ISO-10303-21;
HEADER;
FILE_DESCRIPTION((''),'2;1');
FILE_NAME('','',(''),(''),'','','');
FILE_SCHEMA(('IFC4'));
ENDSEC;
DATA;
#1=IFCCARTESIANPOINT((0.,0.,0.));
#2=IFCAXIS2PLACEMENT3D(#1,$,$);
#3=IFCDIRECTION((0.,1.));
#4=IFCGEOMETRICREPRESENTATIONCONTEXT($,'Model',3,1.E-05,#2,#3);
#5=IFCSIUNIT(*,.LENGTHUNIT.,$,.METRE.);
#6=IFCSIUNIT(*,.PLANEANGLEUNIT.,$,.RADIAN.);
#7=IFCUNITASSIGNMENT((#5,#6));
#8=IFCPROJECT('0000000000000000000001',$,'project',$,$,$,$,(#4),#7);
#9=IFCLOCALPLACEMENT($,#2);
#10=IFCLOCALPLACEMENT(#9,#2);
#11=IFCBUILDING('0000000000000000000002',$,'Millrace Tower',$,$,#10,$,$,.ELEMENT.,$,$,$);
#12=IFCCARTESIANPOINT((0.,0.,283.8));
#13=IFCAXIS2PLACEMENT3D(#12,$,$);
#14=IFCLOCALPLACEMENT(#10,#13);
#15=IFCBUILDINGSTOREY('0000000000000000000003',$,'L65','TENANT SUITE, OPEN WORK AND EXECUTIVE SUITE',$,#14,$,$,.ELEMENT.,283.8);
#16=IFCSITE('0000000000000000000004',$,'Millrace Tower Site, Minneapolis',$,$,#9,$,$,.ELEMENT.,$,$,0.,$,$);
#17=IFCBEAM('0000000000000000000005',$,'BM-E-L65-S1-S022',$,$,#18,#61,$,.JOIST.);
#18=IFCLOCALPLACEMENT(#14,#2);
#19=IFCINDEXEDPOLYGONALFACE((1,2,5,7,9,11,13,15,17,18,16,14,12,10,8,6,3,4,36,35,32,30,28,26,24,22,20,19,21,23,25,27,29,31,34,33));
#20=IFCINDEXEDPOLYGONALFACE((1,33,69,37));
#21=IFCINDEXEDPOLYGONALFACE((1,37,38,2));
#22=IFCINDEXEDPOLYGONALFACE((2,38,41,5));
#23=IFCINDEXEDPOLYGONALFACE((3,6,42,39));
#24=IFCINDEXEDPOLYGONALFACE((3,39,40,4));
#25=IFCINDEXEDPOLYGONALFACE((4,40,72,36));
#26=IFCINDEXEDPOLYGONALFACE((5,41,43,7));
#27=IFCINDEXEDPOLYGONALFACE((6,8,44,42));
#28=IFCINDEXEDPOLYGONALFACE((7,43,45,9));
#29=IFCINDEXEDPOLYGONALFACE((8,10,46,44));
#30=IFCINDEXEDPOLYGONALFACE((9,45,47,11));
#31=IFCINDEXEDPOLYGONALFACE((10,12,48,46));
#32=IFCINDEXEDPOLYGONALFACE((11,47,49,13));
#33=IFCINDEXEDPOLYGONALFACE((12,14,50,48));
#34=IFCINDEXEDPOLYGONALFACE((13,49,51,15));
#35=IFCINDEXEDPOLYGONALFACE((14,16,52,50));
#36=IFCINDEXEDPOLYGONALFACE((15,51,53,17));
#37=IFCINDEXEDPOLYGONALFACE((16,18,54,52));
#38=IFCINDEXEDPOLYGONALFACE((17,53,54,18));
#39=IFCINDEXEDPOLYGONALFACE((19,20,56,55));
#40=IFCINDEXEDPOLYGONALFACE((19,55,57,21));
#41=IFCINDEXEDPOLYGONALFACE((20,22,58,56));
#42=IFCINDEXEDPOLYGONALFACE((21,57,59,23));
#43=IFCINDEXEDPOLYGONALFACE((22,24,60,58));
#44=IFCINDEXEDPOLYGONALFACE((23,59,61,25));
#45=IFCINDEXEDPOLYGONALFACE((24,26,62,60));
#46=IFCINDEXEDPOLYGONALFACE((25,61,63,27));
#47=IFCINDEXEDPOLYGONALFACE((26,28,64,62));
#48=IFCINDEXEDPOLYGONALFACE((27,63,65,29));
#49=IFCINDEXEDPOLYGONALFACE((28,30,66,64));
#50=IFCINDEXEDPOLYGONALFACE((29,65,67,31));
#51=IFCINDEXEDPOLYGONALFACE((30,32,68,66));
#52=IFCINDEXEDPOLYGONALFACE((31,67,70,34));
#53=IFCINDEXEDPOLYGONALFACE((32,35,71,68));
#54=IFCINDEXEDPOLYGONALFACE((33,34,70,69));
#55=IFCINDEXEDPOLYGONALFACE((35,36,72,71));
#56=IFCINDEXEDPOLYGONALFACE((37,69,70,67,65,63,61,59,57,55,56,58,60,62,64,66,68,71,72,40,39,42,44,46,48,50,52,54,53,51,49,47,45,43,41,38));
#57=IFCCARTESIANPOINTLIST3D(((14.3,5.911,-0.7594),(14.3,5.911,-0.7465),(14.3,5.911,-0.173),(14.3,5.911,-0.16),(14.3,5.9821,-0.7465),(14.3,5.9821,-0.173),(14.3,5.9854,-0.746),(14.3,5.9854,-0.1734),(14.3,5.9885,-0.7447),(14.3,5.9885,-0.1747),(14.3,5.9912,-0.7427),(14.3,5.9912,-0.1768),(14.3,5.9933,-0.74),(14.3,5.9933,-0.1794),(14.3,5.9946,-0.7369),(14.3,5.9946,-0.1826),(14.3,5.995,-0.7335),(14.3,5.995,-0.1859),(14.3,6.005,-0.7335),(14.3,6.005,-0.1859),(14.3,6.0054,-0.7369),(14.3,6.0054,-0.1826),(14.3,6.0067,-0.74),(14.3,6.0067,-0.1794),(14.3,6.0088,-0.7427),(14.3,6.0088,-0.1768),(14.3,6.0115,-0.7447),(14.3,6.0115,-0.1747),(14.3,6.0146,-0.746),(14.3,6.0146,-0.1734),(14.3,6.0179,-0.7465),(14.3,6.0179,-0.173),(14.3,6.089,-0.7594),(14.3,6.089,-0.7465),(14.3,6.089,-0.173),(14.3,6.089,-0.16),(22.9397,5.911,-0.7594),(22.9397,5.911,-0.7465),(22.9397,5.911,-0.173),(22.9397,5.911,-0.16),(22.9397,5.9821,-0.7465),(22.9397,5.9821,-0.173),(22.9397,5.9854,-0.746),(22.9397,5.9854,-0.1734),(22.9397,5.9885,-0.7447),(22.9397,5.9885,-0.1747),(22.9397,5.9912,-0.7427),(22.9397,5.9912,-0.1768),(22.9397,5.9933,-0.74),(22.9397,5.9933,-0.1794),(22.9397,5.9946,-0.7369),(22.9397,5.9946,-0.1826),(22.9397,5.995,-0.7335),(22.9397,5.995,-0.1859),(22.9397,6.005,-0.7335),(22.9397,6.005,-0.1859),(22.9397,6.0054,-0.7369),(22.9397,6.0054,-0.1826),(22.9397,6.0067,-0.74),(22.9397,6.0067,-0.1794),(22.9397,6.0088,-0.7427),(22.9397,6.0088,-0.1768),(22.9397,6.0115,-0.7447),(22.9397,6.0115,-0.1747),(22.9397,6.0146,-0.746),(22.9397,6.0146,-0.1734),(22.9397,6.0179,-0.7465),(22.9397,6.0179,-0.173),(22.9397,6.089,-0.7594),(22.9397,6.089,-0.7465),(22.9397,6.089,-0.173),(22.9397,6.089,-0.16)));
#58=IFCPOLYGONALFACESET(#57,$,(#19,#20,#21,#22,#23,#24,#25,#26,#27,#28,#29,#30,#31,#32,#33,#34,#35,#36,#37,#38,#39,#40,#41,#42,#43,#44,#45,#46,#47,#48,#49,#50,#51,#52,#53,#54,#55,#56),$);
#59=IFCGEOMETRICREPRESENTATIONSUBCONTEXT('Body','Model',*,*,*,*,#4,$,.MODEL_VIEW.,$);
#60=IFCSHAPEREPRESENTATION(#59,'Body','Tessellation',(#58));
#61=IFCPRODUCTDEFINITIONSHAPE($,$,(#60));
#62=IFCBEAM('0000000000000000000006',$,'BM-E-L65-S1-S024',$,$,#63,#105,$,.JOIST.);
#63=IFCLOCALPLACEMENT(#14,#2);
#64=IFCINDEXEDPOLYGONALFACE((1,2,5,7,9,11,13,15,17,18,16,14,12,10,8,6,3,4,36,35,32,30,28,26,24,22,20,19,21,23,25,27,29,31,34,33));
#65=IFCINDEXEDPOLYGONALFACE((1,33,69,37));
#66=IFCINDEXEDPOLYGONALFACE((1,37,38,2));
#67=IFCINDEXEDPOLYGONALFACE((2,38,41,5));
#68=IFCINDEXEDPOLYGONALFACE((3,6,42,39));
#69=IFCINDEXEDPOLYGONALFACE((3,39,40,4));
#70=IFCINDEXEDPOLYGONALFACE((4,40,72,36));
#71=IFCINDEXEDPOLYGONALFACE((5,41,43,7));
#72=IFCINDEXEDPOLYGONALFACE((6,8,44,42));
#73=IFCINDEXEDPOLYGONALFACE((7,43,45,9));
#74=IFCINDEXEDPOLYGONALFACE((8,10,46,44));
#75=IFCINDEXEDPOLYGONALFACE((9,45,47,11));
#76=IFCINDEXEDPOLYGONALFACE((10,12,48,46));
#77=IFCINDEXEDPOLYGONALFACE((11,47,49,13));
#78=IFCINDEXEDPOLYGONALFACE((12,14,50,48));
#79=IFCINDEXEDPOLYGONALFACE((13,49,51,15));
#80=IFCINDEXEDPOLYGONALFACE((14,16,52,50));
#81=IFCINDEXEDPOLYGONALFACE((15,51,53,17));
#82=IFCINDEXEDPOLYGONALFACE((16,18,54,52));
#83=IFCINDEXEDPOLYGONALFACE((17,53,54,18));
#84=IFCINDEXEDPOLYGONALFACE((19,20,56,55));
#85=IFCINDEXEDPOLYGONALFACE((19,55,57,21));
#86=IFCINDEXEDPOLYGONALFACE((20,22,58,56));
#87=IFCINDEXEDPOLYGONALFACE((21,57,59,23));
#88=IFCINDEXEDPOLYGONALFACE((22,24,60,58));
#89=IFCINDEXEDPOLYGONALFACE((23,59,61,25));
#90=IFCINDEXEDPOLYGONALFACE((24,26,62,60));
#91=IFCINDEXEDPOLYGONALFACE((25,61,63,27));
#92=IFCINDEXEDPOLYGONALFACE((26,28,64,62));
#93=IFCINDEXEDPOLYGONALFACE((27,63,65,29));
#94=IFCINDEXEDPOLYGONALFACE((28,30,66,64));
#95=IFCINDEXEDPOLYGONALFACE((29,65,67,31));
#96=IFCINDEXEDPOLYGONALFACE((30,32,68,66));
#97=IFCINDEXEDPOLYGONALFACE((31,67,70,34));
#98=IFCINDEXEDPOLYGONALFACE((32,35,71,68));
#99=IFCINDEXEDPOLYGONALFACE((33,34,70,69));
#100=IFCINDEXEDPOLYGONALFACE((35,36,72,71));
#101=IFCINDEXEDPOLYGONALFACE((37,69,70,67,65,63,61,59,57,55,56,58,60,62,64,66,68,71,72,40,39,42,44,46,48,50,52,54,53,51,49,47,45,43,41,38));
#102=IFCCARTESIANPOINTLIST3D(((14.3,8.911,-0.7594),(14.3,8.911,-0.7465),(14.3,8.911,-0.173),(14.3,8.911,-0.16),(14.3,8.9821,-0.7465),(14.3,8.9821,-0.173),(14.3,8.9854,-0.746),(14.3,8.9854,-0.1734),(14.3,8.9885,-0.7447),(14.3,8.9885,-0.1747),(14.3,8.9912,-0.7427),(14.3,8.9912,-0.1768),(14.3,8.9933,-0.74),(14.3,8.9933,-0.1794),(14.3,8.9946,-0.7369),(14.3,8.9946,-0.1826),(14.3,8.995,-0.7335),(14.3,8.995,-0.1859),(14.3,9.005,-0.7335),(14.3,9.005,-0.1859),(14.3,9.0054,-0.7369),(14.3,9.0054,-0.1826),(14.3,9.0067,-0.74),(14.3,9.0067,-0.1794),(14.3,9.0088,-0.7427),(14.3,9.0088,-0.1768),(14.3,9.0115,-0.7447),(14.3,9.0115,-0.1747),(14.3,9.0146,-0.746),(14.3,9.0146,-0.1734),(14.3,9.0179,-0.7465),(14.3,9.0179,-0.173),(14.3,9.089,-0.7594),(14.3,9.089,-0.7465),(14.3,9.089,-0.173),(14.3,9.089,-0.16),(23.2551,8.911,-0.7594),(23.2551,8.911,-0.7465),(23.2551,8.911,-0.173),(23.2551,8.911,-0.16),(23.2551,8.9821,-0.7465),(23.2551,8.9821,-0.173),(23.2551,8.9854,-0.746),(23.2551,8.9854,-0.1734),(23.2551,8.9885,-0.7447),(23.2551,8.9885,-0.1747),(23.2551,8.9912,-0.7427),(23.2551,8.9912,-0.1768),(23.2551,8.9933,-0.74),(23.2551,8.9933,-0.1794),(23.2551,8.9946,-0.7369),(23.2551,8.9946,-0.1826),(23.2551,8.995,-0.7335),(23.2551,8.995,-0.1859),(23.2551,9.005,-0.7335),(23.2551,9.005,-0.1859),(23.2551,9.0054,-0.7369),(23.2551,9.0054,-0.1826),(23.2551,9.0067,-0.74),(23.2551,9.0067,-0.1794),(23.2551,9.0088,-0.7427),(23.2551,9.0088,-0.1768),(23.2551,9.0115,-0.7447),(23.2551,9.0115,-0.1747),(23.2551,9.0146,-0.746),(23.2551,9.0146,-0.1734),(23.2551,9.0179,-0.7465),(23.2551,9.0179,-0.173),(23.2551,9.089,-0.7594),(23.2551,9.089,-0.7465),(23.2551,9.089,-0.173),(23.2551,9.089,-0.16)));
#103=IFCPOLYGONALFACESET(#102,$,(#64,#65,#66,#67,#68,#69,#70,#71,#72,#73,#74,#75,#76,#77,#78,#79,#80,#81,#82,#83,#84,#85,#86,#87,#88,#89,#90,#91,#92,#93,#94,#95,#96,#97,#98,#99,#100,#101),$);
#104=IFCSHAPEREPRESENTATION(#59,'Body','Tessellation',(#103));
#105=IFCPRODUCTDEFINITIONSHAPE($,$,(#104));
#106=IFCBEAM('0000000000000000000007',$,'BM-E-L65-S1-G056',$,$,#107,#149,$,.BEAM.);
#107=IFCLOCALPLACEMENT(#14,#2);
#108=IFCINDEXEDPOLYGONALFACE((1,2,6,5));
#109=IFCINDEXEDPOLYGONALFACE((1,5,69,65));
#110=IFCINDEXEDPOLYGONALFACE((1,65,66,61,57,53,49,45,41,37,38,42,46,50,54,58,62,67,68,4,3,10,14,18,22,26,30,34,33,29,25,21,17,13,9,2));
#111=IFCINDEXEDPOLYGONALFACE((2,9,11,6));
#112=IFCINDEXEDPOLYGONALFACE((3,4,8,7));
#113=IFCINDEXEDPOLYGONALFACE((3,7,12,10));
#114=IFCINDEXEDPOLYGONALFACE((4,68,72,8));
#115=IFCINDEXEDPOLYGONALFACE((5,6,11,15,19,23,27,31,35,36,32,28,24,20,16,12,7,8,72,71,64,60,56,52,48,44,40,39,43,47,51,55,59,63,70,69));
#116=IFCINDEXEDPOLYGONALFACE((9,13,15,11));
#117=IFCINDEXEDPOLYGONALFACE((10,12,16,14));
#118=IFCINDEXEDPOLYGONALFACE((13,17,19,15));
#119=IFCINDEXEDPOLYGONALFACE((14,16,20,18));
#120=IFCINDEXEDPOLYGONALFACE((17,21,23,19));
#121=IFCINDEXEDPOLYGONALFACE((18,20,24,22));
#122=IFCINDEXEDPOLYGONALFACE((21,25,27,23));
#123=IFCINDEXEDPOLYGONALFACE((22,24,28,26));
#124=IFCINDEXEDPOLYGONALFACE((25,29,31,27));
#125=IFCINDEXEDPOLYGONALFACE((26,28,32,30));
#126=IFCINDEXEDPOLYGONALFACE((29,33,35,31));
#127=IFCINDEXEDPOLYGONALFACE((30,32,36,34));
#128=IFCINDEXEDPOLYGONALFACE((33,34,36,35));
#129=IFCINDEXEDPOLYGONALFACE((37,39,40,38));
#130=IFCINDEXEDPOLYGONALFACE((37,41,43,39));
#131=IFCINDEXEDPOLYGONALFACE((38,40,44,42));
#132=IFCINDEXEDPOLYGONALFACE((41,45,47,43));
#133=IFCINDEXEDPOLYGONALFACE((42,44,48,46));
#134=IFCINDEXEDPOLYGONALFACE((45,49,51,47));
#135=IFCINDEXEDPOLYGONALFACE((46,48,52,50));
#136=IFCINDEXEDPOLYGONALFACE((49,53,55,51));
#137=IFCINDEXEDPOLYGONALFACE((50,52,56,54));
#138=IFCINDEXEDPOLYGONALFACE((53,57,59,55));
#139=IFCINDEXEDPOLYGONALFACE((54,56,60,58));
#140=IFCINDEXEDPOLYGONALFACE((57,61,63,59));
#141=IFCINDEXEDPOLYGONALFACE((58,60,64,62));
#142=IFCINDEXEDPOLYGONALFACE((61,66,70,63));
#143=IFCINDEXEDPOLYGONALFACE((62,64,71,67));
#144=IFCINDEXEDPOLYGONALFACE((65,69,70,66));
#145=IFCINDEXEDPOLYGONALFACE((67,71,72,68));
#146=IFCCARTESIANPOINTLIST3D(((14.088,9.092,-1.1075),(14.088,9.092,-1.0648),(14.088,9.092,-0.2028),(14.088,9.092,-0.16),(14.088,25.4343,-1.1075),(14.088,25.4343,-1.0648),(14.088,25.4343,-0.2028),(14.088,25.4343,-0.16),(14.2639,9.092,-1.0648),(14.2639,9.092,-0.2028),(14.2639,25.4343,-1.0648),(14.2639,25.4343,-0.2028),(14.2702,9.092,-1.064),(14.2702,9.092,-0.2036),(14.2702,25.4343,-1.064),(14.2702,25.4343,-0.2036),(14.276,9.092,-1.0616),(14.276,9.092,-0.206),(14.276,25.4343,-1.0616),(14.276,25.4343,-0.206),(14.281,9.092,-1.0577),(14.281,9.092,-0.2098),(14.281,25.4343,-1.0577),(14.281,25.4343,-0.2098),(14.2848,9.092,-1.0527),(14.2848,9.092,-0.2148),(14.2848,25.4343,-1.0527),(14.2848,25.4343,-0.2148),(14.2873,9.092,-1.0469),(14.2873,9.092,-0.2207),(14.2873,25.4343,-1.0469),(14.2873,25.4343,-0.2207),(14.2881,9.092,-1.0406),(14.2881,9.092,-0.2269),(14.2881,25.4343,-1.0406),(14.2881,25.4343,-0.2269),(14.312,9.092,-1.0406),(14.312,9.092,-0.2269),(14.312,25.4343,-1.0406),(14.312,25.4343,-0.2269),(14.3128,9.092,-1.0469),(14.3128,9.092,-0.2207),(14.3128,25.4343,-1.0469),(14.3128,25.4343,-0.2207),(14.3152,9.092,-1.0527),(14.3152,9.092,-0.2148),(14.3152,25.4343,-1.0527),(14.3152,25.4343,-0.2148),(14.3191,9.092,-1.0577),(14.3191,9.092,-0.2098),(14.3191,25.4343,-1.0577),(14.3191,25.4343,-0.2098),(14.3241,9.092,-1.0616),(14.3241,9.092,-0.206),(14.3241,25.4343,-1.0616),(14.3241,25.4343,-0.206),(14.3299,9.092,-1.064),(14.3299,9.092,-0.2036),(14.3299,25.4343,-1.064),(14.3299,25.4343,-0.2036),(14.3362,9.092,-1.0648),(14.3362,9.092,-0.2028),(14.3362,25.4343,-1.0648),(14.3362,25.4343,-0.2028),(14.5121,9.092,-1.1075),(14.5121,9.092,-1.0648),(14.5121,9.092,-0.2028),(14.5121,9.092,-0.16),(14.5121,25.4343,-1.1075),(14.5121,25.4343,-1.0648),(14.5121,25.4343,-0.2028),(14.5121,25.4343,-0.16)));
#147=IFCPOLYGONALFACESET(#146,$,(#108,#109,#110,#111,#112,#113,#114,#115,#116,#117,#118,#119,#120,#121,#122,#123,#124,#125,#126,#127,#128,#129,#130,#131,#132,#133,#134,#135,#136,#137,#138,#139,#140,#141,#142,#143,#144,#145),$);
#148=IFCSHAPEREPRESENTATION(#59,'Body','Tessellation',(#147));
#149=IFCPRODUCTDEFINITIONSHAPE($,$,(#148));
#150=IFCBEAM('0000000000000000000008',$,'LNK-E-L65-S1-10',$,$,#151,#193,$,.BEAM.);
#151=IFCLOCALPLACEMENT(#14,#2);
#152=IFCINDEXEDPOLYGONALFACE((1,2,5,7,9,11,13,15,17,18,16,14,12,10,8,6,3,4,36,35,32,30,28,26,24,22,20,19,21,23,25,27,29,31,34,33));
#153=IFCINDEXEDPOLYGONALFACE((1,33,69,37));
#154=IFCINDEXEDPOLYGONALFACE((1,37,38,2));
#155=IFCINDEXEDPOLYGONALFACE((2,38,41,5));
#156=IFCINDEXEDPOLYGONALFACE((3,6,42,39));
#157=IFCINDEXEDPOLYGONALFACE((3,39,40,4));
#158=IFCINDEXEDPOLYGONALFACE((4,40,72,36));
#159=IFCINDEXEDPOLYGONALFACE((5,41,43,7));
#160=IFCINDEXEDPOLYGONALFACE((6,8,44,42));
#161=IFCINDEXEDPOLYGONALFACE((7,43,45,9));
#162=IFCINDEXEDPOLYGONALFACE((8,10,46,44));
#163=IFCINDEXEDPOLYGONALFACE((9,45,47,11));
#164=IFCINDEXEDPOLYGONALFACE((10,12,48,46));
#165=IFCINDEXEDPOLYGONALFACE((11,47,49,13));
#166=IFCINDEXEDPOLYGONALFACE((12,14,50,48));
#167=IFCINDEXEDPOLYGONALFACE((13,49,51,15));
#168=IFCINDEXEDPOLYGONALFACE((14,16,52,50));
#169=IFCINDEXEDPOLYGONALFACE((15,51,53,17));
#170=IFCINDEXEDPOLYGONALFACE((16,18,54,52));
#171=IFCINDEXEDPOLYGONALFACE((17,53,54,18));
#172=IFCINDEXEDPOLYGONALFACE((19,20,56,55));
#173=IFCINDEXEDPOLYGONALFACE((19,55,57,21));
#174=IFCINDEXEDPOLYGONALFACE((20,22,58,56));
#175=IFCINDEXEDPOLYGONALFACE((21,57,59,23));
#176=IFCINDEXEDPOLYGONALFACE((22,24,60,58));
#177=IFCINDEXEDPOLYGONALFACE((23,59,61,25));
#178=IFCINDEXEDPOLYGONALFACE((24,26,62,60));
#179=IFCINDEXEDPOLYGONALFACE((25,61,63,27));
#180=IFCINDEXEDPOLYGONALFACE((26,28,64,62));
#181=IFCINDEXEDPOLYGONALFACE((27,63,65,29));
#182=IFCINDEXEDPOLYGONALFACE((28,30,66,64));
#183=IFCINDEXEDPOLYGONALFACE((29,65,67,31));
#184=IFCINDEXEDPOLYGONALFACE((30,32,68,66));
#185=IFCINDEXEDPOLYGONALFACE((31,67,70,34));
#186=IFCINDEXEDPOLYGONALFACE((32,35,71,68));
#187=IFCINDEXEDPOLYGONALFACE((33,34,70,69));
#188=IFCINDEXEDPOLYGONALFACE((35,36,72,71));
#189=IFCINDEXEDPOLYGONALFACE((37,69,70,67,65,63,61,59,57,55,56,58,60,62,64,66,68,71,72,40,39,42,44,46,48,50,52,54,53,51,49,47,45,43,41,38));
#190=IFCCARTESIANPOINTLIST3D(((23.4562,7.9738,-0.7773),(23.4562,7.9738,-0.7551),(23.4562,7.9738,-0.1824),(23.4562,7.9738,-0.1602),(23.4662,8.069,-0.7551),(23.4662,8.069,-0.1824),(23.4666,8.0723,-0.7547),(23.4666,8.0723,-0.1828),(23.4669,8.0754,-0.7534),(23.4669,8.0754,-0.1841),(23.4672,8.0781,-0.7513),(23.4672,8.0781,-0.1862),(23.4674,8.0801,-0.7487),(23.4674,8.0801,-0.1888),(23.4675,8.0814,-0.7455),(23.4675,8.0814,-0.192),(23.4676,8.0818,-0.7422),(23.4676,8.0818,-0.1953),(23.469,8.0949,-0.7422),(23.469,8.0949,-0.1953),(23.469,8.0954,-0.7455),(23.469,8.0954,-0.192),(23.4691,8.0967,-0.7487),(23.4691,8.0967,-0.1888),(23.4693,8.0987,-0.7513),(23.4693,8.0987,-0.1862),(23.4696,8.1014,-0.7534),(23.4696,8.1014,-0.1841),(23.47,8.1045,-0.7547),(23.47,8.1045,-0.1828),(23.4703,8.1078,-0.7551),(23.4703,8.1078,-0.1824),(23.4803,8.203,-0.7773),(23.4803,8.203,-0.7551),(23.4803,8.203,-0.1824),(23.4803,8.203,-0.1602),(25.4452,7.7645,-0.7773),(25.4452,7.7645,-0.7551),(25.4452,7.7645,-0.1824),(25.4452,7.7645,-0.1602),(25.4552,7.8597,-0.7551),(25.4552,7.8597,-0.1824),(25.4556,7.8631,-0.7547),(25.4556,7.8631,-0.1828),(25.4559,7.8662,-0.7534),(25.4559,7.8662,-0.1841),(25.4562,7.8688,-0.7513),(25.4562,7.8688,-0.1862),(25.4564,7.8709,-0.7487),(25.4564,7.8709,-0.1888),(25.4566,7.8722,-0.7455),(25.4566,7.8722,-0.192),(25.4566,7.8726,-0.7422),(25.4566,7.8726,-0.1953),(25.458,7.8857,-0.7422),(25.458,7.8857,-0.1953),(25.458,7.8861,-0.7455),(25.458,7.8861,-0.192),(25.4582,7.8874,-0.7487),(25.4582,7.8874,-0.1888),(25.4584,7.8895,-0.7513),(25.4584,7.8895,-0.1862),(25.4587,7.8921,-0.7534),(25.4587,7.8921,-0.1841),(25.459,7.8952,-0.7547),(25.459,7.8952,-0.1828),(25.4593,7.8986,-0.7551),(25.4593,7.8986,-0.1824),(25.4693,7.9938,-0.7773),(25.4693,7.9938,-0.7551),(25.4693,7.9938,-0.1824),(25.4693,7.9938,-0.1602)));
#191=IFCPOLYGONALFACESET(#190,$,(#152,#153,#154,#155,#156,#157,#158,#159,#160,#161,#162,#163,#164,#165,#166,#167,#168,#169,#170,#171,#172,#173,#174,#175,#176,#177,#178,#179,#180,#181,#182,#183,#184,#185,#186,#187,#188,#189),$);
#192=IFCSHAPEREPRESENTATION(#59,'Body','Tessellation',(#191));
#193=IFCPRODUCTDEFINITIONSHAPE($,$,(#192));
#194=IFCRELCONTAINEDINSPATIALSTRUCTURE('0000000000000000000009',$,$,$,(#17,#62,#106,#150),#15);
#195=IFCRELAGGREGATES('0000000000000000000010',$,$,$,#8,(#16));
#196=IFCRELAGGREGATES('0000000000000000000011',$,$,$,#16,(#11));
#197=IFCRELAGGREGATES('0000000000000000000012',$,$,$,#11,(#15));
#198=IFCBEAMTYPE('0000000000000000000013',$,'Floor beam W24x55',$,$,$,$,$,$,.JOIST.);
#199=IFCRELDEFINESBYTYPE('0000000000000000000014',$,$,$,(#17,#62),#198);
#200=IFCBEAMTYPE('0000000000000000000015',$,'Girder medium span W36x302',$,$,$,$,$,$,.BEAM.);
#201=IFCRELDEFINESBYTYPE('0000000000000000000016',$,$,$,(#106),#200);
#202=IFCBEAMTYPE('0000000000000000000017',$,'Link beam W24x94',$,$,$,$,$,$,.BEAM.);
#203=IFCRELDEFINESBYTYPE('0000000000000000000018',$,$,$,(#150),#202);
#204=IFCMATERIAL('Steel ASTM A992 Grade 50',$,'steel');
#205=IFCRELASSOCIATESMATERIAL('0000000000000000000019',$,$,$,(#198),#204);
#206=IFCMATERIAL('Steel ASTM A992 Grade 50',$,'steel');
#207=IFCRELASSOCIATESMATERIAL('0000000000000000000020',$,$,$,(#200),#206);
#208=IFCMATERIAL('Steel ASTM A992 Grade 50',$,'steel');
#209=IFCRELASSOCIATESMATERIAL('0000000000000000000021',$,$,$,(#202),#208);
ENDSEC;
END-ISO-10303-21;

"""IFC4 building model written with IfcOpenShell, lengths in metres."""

from ifc_helpers import new_model, si_unit, direction, frame, origin, origin_2d, place, context, subcontext, project, spatial, i_section, extrude, material, material_profile, profile_set, type_object, element, save


model = new_model("IFC4")

# Units and contexts
model_context = context("Model", 3, precision=1e-05, world=origin(), true_north=direction((0.0, 1.0)))
body_context = subcontext(model_context, "Body", "Model", "MODEL_VIEW")
ifc_project = project(units=[si_unit("LENGTHUNIT", "METRE"), si_unit("PLANEANGLEUNIT", "RADIAN")], contexts=[model_context])

# Site, building, storey
site_placement = place(None, origin())
site = spatial("IfcSite", under=ifc_project, at=site_placement, Name="Millrace Tower Site, Minneapolis", CompositionType="ELEMENT", RefElevation=0.0)
building_placement = place(site_placement, origin())
building = spatial("IfcBuilding", under=site, at=building_placement, Name="Millrace Tower", CompositionType="ELEMENT")
storey_placement = place(building_placement, frame((0.0, 0.0, 283.8)))
storey = spatial("IfcBuildingStorey", under=building, at=storey_placement, Name="L65", Description="TENANT SUITE, OPEN WORK AND EXECUTIVE SUITE", CompositionType="ELEMENT", Elevation=283.8)

# Beams
ifc_material_1 = material(Name="Steel ASTM A992 Grade 50", Category="steel")
ifc_material_profile_1 = material_profile(ifc_material_1, i_section(OverallWidth=0.178, OverallDepth=0.5994, WebThickness=0.01, FlangeThickness=0.0129, FilletRadius=0.0129, at=origin_2d()))
ifc_profile_set_1 = profile_set([ifc_material_profile_1], Name="Steel ASTM A992 Grade 50")
beam_type_1 = type_object("IfcBeamType", Name="Floor beam W24x55", PredefinedType="JOIST", material=ifc_profile_set_1)
beam_1_placement = place(storey_placement, frame((14.3, 6.0, -0.4597), z_axis=(1.0, 0.0, 0.0), x_axis=(0.0, 1.0, 0.0)))
element("IfcBeam", 1, at=beam_1_placement, inside=storey, type_object=beam_type_1, Name="BM-E-L65-S1-S022", PredefinedType="JOIST", context=body_context, shape_type="SweptSolid", body=[
    extrude(i_section(OverallWidth=0.178, OverallDepth=0.5994, WebThickness=0.01, FlangeThickness=0.0129, FilletRadius=0.0129, at=origin_2d()), origin(), (0.0, 0.0, 1.0), 8.6396),
])
beam_2_placement = place(storey_placement, frame((14.3, 9.0, -0.4597), z_axis=(1.0, 0.0, 0.0), x_axis=(0.0, 1.0, 0.0)))
element("IfcBeam", 2, at=beam_2_placement, inside=storey, type_object=beam_type_1, Name="BM-E-L65-S1-S024", PredefinedType="JOIST", context=body_context, shape_type="SweptSolid", body=[
    extrude(i_section(OverallWidth=0.178, OverallDepth=0.5994, WebThickness=0.01, FlangeThickness=0.0129, FilletRadius=0.0129, at=origin_2d()), origin(), (0.0, 0.0, 1.0), 8.9551),
])
ifc_material_2 = material(Name="Steel ASTM A992 Grade 50", Category="steel")
ifc_material_profile_2 = material_profile(ifc_material_2, i_section(OverallWidth=0.4241, OverallDepth=0.9475, WebThickness=0.0239, FlangeThickness=0.0427, FilletRadius=0.0242, at=origin_2d()))
ifc_profile_set_2 = profile_set([ifc_material_profile_2], Name="Steel ASTM A992 Grade 50")
beam_type_2 = type_object("IfcBeamType", Name="Girder medium span W36x302", PredefinedType="BEAM", material=ifc_profile_set_2)
beam_3_placement = place(storey_placement, frame((14.3, 9.092, -0.6338), z_axis=(0.0, 1.0, 0.0), x_axis=(-1.0, 0.0, 0.0)))
element("IfcBeam", 3, at=beam_3_placement, inside=storey, type_object=beam_type_2, Name="BM-E-L65-S1-G056", PredefinedType="BEAM", context=body_context, shape_type="SweptSolid", body=[
    extrude(i_section(OverallWidth=0.4241, OverallDepth=0.9475, WebThickness=0.0239, FlangeThickness=0.0427, FilletRadius=0.0242, at=origin_2d()), origin(), (0.0, 0.0, 1.0), 16.3423),
])
ifc_material_3 = material(Name="Steel ASTM A992 Grade 50", Category="steel")
ifc_material_profile_3 = material_profile(ifc_material_3, i_section(OverallWidth=0.2305, OverallDepth=0.6172, WebThickness=0.0132, FlangeThickness=0.0222, FilletRadius=0.0129, at=origin_2d()))
ifc_profile_set_3 = profile_set([ifc_material_profile_3], Name="Steel ASTM A992 Grade 50")
beam_type_3 = type_object("IfcBeamType", Name="Link beam W24x94", PredefinedType="BEAM", material=ifc_profile_set_3)
beam_4_placement = place(storey_placement, frame((23.4683, 8.0884, -0.4688), z_axis=(0.994513, -0.104615, 0.0), x_axis=(0.104615, 0.994513, 0.0)))
element("IfcBeam", 4, at=beam_4_placement, inside=storey, type_object=beam_type_3, Name="LNK-E-L65-S1-10", PredefinedType="BEAM", context=body_context, shape_type="SweptSolid", body=[
    extrude(i_section(OverallWidth=0.2305, OverallDepth=0.6172, WebThickness=0.0132, FlangeThickness=0.0222, FilletRadius=0.0129, at=origin_2d()), origin(), (0.0, 0.0, 1.0), 2.0),
])

save(model, "model.ifc")
